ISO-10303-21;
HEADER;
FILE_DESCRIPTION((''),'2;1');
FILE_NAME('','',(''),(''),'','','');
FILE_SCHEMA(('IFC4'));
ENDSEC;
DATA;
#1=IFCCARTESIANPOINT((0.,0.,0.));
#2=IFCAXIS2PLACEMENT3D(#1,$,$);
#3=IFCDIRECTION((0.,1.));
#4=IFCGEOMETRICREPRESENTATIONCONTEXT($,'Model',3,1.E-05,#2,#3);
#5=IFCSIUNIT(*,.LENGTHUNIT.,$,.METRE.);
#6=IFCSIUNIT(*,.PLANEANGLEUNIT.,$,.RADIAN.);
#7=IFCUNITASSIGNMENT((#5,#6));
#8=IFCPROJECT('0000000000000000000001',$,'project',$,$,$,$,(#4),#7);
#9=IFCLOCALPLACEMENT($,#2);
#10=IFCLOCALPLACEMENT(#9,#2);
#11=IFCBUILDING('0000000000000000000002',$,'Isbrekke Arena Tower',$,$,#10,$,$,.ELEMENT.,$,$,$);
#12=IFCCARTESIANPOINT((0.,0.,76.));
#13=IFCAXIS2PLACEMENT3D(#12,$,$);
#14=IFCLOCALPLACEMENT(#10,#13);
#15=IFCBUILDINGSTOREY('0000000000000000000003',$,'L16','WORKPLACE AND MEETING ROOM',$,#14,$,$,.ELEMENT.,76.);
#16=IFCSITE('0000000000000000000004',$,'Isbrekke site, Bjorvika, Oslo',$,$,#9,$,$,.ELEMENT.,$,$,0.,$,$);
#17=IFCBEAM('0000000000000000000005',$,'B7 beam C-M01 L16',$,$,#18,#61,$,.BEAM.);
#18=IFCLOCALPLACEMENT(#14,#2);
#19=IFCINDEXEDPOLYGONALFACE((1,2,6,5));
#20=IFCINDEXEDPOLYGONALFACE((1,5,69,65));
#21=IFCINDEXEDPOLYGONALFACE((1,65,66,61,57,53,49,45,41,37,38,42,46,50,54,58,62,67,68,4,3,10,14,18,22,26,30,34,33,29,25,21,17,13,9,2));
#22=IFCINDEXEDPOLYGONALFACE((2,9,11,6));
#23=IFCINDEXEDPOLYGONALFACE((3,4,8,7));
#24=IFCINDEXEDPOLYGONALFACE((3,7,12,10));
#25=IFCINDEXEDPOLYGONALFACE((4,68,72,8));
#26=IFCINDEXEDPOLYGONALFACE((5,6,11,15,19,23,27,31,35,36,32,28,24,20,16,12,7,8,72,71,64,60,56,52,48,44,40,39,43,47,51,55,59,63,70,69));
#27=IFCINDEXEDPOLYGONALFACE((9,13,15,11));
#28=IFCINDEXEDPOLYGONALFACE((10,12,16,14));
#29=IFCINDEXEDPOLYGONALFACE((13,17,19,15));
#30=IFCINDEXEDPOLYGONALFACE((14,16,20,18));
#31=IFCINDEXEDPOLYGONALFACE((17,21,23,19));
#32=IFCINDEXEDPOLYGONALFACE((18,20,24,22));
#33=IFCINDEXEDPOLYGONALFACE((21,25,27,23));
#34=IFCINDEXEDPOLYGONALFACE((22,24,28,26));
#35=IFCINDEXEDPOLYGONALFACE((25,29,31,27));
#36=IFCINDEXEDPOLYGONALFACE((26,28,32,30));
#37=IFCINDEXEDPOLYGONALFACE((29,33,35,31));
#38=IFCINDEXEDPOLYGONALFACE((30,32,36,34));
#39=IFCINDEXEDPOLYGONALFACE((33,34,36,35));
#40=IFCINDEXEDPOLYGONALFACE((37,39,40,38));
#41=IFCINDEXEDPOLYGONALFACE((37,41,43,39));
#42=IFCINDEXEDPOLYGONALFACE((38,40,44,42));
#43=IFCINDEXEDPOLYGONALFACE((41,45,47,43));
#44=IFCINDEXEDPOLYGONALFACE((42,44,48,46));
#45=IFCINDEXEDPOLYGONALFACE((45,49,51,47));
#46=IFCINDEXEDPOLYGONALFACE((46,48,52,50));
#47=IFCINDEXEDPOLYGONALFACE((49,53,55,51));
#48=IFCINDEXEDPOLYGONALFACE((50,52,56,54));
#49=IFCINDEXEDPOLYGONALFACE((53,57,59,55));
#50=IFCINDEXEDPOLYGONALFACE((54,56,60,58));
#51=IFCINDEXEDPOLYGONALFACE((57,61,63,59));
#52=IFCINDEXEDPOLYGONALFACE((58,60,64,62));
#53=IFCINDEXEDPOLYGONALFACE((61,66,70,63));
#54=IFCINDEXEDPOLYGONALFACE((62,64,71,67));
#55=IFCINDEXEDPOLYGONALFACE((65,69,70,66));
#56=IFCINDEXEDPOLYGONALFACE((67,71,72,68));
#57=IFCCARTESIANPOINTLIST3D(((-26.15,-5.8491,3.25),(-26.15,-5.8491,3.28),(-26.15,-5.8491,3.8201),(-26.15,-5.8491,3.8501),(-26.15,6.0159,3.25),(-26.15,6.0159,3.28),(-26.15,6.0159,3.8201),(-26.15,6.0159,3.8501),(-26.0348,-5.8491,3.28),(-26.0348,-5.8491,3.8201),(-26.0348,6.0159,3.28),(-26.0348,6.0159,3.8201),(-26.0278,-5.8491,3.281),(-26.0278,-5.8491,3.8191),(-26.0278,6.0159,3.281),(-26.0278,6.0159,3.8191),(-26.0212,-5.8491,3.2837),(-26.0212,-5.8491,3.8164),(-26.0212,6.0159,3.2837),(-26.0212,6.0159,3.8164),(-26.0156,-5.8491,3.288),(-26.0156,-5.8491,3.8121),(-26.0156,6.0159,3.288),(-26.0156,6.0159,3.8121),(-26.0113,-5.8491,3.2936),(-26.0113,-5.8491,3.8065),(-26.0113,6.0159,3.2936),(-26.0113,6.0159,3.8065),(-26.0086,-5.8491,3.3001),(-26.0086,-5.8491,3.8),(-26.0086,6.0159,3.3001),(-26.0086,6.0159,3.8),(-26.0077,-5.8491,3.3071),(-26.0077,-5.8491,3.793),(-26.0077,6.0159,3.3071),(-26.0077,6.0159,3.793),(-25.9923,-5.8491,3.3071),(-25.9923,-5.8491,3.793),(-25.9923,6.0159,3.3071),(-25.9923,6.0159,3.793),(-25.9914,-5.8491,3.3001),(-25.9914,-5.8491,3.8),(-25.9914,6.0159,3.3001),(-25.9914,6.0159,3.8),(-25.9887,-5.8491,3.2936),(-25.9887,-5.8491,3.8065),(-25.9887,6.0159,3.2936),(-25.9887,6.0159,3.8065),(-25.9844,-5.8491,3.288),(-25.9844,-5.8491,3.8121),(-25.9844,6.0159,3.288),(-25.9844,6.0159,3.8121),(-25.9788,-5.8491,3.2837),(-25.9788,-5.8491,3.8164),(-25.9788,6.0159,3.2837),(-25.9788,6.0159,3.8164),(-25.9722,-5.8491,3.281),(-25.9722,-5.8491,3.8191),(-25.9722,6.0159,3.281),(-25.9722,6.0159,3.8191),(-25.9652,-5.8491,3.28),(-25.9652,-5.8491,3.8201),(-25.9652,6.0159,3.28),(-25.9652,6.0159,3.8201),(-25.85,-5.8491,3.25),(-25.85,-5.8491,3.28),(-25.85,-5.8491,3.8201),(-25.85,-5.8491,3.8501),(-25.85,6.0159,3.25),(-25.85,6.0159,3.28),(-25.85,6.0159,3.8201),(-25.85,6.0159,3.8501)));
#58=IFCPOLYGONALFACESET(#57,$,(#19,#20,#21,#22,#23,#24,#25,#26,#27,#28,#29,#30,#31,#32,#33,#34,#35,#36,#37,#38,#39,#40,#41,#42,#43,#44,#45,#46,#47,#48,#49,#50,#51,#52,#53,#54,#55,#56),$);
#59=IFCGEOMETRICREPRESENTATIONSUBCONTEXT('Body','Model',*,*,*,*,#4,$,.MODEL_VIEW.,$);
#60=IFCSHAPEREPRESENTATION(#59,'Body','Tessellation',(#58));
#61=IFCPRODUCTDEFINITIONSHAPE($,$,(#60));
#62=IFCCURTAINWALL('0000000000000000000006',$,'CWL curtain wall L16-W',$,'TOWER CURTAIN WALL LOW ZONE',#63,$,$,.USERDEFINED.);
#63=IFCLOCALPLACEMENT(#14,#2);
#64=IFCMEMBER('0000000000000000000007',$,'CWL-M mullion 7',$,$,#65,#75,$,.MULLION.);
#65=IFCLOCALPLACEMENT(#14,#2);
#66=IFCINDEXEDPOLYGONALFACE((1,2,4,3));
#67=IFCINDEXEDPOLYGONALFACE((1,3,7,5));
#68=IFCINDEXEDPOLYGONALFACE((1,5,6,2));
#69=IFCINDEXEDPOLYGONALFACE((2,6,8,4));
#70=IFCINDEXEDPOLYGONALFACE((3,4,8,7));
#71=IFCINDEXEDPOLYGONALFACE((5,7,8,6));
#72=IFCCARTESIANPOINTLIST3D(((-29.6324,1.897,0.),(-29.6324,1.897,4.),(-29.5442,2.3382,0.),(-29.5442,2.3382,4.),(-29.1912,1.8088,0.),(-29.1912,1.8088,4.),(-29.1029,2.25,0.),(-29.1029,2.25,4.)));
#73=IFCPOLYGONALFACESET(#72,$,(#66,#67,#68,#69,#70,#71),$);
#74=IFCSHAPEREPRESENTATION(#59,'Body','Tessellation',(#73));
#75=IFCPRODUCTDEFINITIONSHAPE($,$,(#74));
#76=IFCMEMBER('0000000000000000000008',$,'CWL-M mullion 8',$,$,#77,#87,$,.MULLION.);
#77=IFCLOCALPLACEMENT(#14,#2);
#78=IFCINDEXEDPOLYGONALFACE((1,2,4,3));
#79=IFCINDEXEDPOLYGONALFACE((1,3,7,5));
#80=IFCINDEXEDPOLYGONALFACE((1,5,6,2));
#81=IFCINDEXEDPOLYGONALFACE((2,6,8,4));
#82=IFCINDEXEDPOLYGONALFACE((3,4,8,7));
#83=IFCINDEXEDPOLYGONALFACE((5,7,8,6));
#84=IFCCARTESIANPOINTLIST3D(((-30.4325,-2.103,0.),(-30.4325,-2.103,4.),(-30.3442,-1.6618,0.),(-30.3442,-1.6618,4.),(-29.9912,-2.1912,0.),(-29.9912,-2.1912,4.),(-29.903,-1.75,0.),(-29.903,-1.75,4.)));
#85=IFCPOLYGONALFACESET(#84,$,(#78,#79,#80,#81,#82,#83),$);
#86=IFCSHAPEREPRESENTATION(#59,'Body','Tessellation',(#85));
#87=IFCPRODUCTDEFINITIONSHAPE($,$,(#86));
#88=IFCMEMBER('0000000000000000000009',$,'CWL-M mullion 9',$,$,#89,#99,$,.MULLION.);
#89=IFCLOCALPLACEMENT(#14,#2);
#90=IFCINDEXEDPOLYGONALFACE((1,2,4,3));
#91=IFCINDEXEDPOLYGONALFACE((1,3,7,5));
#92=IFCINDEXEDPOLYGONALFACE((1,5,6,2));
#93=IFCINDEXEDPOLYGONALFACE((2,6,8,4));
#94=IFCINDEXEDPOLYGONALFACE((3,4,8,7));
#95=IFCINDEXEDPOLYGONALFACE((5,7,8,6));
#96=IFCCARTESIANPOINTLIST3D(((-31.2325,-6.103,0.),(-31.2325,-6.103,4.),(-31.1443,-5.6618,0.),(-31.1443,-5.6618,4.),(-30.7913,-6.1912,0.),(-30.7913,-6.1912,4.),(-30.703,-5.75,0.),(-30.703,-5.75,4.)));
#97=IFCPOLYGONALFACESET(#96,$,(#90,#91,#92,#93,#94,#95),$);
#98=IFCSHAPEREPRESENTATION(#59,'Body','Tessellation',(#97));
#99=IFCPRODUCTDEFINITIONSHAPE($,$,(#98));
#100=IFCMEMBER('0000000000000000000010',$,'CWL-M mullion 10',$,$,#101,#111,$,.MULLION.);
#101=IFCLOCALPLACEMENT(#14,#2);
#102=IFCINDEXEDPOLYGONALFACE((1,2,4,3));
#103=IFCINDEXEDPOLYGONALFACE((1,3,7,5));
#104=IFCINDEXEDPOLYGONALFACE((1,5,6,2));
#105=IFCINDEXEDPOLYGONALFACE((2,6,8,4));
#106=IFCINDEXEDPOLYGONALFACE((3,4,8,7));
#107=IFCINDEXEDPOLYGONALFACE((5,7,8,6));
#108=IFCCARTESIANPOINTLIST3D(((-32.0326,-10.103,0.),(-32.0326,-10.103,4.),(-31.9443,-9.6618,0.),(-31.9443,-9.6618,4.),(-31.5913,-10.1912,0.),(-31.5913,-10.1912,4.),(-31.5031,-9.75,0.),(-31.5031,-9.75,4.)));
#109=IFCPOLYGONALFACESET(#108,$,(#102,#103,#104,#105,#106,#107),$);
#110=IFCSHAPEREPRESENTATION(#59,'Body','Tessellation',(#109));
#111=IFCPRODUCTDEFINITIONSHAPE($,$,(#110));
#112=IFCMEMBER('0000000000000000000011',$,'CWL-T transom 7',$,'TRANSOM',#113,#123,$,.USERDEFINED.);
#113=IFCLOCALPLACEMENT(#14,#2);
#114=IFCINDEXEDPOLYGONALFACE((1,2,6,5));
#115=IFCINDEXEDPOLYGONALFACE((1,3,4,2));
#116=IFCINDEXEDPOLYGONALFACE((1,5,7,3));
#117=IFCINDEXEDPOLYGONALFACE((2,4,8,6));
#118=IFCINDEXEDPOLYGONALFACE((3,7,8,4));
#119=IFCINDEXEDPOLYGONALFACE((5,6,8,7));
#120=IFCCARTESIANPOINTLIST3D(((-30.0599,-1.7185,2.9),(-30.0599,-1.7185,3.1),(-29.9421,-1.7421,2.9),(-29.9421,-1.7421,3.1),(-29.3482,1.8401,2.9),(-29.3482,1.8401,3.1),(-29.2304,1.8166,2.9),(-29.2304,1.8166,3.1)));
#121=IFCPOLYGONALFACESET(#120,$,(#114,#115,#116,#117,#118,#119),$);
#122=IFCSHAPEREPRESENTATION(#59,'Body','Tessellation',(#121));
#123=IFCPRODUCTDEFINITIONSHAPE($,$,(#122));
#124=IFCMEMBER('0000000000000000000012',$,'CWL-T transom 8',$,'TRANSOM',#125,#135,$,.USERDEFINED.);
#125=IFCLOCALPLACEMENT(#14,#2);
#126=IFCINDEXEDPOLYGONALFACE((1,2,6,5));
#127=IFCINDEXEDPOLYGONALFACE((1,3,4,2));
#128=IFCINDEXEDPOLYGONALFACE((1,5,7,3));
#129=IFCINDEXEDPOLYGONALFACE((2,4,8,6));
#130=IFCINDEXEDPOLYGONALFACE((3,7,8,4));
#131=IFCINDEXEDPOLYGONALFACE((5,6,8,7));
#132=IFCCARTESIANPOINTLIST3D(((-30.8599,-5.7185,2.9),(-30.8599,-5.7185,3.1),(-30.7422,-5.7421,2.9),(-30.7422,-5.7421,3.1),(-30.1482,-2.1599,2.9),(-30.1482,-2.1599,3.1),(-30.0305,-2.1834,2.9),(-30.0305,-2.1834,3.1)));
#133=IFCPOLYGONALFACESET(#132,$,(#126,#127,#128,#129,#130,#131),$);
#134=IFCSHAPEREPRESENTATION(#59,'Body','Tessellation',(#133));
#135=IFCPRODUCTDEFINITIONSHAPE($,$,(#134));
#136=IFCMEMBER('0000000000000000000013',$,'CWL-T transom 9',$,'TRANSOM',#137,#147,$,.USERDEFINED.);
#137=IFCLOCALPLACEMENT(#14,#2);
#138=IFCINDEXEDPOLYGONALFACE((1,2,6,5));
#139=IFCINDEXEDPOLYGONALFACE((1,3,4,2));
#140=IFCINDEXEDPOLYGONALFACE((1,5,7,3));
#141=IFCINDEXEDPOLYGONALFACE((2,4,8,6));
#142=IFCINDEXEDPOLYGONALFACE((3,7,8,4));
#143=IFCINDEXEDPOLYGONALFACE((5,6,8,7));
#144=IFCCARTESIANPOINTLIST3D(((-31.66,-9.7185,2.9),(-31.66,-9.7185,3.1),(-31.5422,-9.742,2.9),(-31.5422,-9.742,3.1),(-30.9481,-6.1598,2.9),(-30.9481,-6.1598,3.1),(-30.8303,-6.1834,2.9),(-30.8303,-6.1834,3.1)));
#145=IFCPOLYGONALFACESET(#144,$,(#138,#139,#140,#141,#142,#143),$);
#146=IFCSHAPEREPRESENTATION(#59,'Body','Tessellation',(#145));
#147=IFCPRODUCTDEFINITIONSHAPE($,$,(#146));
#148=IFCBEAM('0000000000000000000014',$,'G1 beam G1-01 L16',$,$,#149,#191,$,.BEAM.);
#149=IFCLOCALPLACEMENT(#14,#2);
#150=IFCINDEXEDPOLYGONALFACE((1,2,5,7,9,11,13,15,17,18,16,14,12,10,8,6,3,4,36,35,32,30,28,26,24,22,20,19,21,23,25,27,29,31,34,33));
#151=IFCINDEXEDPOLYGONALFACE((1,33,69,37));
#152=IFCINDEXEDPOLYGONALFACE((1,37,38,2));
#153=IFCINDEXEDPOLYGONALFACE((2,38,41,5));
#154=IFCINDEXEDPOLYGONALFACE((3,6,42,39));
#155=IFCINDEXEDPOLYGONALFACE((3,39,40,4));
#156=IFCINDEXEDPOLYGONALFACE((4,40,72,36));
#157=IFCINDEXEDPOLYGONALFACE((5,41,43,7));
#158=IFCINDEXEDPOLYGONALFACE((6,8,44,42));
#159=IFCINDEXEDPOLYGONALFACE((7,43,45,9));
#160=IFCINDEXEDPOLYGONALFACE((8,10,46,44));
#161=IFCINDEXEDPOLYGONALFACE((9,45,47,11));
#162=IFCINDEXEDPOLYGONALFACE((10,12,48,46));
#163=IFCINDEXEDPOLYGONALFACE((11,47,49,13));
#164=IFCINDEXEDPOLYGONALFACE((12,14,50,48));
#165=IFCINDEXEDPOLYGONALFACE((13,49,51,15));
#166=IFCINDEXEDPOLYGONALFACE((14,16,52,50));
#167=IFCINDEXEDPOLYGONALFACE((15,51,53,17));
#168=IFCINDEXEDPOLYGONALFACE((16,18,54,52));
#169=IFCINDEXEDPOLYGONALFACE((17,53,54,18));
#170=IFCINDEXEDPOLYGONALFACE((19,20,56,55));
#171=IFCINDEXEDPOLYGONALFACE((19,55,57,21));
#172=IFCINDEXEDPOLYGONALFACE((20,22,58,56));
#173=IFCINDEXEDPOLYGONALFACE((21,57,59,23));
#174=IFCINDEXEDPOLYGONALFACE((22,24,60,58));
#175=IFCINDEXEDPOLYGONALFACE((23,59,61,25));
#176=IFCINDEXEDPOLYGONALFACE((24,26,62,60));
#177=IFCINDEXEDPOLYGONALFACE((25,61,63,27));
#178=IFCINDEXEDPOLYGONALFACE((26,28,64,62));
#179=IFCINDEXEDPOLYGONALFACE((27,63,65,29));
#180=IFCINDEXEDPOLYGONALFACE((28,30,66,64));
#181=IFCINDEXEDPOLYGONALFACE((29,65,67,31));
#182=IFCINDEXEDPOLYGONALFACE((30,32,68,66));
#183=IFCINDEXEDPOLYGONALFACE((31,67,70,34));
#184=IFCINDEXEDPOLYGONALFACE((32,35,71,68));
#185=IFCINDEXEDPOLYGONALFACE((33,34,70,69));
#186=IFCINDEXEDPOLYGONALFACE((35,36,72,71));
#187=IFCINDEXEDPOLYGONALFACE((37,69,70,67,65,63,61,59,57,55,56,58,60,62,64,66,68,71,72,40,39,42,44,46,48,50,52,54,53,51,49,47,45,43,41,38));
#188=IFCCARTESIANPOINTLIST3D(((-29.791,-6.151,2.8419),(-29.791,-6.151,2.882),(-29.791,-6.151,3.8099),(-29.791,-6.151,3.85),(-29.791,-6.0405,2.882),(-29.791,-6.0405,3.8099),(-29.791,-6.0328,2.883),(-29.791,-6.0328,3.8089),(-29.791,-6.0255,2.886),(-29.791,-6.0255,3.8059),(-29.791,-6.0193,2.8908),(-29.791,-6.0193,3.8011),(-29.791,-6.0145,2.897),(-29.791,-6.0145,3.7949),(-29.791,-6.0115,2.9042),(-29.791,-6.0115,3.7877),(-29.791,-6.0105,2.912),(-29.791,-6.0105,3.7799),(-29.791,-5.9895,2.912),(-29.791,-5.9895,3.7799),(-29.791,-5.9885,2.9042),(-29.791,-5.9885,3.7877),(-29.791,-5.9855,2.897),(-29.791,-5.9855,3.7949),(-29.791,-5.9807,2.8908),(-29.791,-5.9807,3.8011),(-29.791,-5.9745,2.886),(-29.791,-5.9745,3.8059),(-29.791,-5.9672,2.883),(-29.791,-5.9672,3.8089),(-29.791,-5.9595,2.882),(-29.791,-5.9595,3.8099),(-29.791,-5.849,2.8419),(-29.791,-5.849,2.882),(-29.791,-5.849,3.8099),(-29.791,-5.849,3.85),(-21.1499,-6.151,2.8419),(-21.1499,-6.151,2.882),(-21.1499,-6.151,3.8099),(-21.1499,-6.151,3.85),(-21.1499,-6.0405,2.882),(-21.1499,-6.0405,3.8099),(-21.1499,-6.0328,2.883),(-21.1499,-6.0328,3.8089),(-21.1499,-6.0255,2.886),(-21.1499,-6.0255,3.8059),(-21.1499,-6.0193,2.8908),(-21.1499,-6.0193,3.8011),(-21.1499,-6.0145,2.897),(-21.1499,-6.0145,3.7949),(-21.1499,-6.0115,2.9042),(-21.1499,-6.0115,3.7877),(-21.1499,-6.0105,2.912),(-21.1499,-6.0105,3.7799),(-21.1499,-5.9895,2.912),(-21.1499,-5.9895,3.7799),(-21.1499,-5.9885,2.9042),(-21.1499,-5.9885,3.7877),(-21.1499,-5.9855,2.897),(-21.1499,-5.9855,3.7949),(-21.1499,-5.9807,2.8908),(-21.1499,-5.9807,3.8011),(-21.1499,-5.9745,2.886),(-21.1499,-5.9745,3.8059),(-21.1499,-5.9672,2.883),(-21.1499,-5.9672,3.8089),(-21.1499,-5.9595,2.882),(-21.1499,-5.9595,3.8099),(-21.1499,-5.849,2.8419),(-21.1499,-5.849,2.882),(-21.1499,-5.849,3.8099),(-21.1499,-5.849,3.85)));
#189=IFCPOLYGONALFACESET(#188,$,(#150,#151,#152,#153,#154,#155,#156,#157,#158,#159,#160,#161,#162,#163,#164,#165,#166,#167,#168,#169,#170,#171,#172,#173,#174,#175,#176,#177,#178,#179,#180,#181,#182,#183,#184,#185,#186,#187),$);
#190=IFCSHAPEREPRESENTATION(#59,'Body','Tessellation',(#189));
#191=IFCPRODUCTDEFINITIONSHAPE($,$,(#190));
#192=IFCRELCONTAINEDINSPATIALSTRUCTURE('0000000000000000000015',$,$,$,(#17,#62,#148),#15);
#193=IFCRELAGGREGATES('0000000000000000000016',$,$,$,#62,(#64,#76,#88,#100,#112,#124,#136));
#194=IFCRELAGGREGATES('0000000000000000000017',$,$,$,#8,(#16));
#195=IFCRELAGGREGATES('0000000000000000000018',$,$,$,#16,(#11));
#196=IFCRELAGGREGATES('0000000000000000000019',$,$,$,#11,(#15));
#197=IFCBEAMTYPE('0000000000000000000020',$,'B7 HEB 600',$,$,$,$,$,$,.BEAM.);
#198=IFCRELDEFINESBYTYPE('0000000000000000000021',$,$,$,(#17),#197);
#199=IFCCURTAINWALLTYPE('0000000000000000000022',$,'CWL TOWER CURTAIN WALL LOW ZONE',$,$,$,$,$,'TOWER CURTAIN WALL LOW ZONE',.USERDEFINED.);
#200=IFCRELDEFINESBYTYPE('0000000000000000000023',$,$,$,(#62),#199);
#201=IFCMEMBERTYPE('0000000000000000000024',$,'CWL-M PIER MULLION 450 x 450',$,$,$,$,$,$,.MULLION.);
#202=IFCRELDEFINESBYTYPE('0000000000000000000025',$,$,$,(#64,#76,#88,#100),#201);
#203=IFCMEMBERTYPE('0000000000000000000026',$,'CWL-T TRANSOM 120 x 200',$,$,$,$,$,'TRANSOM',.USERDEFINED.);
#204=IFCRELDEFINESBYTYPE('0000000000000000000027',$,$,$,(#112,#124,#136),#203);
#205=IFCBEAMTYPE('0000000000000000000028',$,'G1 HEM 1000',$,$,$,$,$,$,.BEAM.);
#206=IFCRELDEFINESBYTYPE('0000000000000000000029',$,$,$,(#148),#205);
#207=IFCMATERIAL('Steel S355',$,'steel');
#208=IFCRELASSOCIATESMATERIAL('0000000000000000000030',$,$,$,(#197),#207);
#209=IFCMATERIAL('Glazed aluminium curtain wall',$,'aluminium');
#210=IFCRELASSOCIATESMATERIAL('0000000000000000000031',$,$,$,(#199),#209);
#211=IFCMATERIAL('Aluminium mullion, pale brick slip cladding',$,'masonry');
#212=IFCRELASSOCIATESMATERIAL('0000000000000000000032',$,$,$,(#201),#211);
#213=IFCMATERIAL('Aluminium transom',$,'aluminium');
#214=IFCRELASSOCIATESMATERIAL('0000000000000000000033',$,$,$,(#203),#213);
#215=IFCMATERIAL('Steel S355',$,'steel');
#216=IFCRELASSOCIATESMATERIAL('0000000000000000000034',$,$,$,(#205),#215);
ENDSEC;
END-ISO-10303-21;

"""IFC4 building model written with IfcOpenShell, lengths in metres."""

from ifc_helpers import new_model, si_unit, direction, frame, origin, origin_2d, place, context, subcontext, project, spatial, rectangle, i_section, extrude, material, material_profile, profile_set, type_object, element, aggregate, save


model = new_model("IFC4")

# Units and contexts
model_context = context("Model", 3, precision=1e-05, world=origin(), true_north=direction((0.0, 1.0)))
body_context = subcontext(model_context, "Body", "Model", "MODEL_VIEW")
ifc_project = project(units=[si_unit("LENGTHUNIT", "METRE"), si_unit("PLANEANGLEUNIT", "RADIAN")], contexts=[model_context])

# Site, building, storey
site_placement = place(None, origin())
site = spatial("IfcSite", under=ifc_project, at=site_placement, Name="Isbrekke site, Bjorvika, Oslo", CompositionType="ELEMENT", RefElevation=0.0)
building_placement = place(site_placement, origin())
building = spatial("IfcBuilding", under=site, at=building_placement, Name="Isbrekke Arena Tower", CompositionType="ELEMENT")
storey_placement = place(building_placement, frame((0.0, 0.0, 76.0)))
storey = spatial("IfcBuildingStorey", under=building, at=storey_placement, Name="L16", Description="WORKPLACE AND MEETING ROOM", CompositionType="ELEMENT", Elevation=76.0)

# Beam
ifc_material_1 = material(Name="Steel S355", Category="steel")
ifc_material_profile_1 = material_profile(ifc_material_1, i_section(OverallWidth=0.3, OverallDepth=0.6001, WebThickness=0.0154, FlangeThickness=0.03, FilletRadius=0.0271, at=origin_2d()), Name="HEB 600")
ifc_profile_set_1 = profile_set([ifc_material_profile_1], Name="Steel S355")
beam_type_1 = type_object("IfcBeamType", Name="B7 HEB 600", PredefinedType="BEAM", material=ifc_profile_set_1)
beam_1_placement = place(storey_placement, frame((-26.0, -5.8491, 3.55), z_axis=(0.0, 1.0, 0.0), x_axis=(-1.0, 0.0, 0.0)))
element("IfcBeam", 1, at=beam_1_placement, inside=storey, type_object=beam_type_1, Name="B7 beam C-M01 L16", PredefinedType="BEAM", context=body_context, shape_type="SweptSolid", body=[
    extrude(i_section(OverallWidth=0.3, OverallDepth=0.6001, WebThickness=0.0154, FlangeThickness=0.03, FilletRadius=0.0271, at=origin_2d()), origin(), (0.0, 0.0, 1.0), 11.865),
])

# Curtain wall, members
ifc_material_2 = material(Name="Glazed aluminium curtain wall", Category="aluminium")
curtain_wall_type = type_object("IfcCurtainWallType", Name="CWL TOWER CURTAIN WALL LOW ZONE", ElementType="TOWER CURTAIN WALL LOW ZONE", PredefinedType="USERDEFINED", material=ifc_material_2)
curtain_wall_placement = place(storey_placement, origin())
curtain_wall = element("IfcCurtainWall", 2, at=curtain_wall_placement, inside=storey, type_object=curtain_wall_type, Name="CWL curtain wall L16-W", ObjectType="TOWER CURTAIN WALL LOW ZONE", PredefinedType="USERDEFINED")
ifc_material_3 = material(Name="Aluminium mullion, pale brick slip cladding", Category="masonry")
ifc_material_profile_2 = material_profile(ifc_material_3, rectangle(XDim=0.45, YDim=0.45, at=origin_2d()), Name="PIER 450X450")
ifc_profile_set_2 = profile_set([ifc_material_profile_2], Name="Aluminium mullion, pale brick slip cladding")
member_type_1 = type_object("IfcMemberType", Name="CWL-M PIER MULLION 450 x 450", PredefinedType="MULLION", material=ifc_profile_set_2)
member_1_placement = place(storey_placement, frame((-29.3677, 2.0735, 0.0), z_axis=(0.0, 0.0, 1.0), x_axis=(-0.196116, -0.980581, 0.0)))
member_1 = element("IfcMember", 3, at=member_1_placement, type_object=member_type_1, Name="CWL-M mullion 7", PredefinedType="MULLION", context=body_context, shape_type="SweptSolid", body=[
    extrude(rectangle(XDim=0.45, YDim=0.45, at=origin_2d()), origin(), (0.0, 0.0, 1.0), 4.0),
])
member_2_placement = place(storey_placement, frame((-30.1677, -1.9265, 0.0), z_axis=(0.0, 0.0, 1.0), x_axis=(-0.196116, -0.980581, 0.0)))
member_2 = element("IfcMember", 4, at=member_2_placement, type_object=member_type_1, Name="CWL-M mullion 8", PredefinedType="MULLION", context=body_context, shape_type="SweptSolid", body=[
    extrude(rectangle(XDim=0.45, YDim=0.45, at=origin_2d()), origin(), (0.0, 0.0, 1.0), 4.0),
])
member_3_placement = place(storey_placement, frame((-30.9678, -5.9265, 0.0), z_axis=(0.0, 0.0, 1.0), x_axis=(-0.196116, -0.980581, 0.0)))
member_3 = element("IfcMember", 5, at=member_3_placement, type_object=member_type_1, Name="CWL-M mullion 9", PredefinedType="MULLION", context=body_context, shape_type="SweptSolid", body=[
    extrude(rectangle(XDim=0.45, YDim=0.45, at=origin_2d()), origin(), (0.0, 0.0, 1.0), 4.0),
])
member_4_placement = place(storey_placement, frame((-31.7678, -9.9265, 0.0), z_axis=(0.0, 0.0, 1.0), x_axis=(-0.196116, -0.980581, 0.0)))
member_4 = element("IfcMember", 6, at=member_4_placement, type_object=member_type_1, Name="CWL-M mullion 10", PredefinedType="MULLION", context=body_context, shape_type="SweptSolid", body=[
    extrude(rectangle(XDim=0.45, YDim=0.45, at=origin_2d()), origin(), (0.0, 0.0, 1.0), 4.0),
])
ifc_material_4 = material(Name="Aluminium transom", Category="aluminium")
ifc_material_profile_3 = material_profile(ifc_material_4, rectangle(XDim=0.1201, YDim=0.2, at=origin_2d()), Name="TRANSOM 120X200")
ifc_profile_set_3 = profile_set([ifc_material_profile_3], Name="Aluminium transom")
member_type_2 = type_object("IfcMemberType", Name="CWL-T TRANSOM 120 x 200", ElementType="TRANSOM", PredefinedType="USERDEFINED", material=ifc_profile_set_3)
member_5_placement = place(storey_placement, frame((-29.2893, 1.8284, 3.0), z_axis=(-0.196103, -0.980583, 0.0), x_axis=(0.980583, -0.196103, 0.0)))
member_5 = element("IfcMember", 7, at=member_5_placement, type_object=member_type_2, Name="CWL-T transom 7", ObjectType="TRANSOM", PredefinedType="USERDEFINED", context=body_context, shape_type="SweptSolid", body=[
    extrude(rectangle(XDim=0.1201, YDim=0.2, at=origin_2d()), origin(), (0.0, 0.0, 1.0), 3.6292),
])
member_6_placement = place(storey_placement, frame((-30.0894, -2.1716, 3.0), z_axis=(-0.196103, -0.980583, 0.0), x_axis=(0.980583, -0.196103, 0.0)))
member_6 = element("IfcMember", 8, at=member_6_placement, type_object=member_type_2, Name="CWL-T transom 8", ObjectType="TRANSOM", PredefinedType="USERDEFINED", context=body_context, shape_type="SweptSolid", body=[
    extrude(rectangle(XDim=0.1201, YDim=0.2, at=origin_2d()), origin(), (0.0, 0.0, 1.0), 3.6292),
])
member_7_placement = place(storey_placement, frame((-30.8892, -6.1716, 3.0), z_axis=(-0.196168, -0.98057, 0.0), x_axis=(0.98057, -0.196168, 0.0)))
member_7 = element("IfcMember", 9, at=member_7_placement, type_object=member_type_2, Name="CWL-T transom 9", ObjectType="TRANSOM", PredefinedType="USERDEFINED", context=body_context, shape_type="SweptSolid", body=[
    extrude(rectangle(XDim=0.1201, YDim=0.2, at=origin_2d()), origin(), (0.0, 0.0, 1.0), 3.6292),
])

# Beam
ifc_material_5 = material(Name="Steel S355", Category="steel")
ifc_material_profile_4 = material_profile(ifc_material_5, i_section(OverallWidth=0.302, OverallDepth=1.0081, WebThickness=0.021, FlangeThickness=0.04, FilletRadius=0.03, at=origin_2d()), Name="HEM 1000")
ifc_profile_set_4 = profile_set([ifc_material_profile_4], Name="Steel S355")
beam_type_2 = type_object("IfcBeamType", Name="G1 HEM 1000", PredefinedType="BEAM", material=ifc_profile_set_4)
beam_2_placement = place(storey_placement, frame((-29.791, -6.0, 3.3459), z_axis=(1.0, 0.0, 0.0), x_axis=(0.0, 1.0, 0.0)))
element("IfcBeam", 10, at=beam_2_placement, inside=storey, type_object=beam_type_2, Name="G1 beam G1-01 L16", PredefinedType="BEAM", context=body_context, shape_type="SweptSolid", body=[
    extrude(i_section(OverallWidth=0.302, OverallDepth=1.0081, WebThickness=0.021, FlangeThickness=0.04, FilletRadius=0.03, at=origin_2d()), origin(), (0.0, 0.0, 1.0), 8.6411),
])

aggregate(curtain_wall, [member_1, member_2, member_3, member_4, member_5, member_6, member_7])

save(model, "model.ifc")
